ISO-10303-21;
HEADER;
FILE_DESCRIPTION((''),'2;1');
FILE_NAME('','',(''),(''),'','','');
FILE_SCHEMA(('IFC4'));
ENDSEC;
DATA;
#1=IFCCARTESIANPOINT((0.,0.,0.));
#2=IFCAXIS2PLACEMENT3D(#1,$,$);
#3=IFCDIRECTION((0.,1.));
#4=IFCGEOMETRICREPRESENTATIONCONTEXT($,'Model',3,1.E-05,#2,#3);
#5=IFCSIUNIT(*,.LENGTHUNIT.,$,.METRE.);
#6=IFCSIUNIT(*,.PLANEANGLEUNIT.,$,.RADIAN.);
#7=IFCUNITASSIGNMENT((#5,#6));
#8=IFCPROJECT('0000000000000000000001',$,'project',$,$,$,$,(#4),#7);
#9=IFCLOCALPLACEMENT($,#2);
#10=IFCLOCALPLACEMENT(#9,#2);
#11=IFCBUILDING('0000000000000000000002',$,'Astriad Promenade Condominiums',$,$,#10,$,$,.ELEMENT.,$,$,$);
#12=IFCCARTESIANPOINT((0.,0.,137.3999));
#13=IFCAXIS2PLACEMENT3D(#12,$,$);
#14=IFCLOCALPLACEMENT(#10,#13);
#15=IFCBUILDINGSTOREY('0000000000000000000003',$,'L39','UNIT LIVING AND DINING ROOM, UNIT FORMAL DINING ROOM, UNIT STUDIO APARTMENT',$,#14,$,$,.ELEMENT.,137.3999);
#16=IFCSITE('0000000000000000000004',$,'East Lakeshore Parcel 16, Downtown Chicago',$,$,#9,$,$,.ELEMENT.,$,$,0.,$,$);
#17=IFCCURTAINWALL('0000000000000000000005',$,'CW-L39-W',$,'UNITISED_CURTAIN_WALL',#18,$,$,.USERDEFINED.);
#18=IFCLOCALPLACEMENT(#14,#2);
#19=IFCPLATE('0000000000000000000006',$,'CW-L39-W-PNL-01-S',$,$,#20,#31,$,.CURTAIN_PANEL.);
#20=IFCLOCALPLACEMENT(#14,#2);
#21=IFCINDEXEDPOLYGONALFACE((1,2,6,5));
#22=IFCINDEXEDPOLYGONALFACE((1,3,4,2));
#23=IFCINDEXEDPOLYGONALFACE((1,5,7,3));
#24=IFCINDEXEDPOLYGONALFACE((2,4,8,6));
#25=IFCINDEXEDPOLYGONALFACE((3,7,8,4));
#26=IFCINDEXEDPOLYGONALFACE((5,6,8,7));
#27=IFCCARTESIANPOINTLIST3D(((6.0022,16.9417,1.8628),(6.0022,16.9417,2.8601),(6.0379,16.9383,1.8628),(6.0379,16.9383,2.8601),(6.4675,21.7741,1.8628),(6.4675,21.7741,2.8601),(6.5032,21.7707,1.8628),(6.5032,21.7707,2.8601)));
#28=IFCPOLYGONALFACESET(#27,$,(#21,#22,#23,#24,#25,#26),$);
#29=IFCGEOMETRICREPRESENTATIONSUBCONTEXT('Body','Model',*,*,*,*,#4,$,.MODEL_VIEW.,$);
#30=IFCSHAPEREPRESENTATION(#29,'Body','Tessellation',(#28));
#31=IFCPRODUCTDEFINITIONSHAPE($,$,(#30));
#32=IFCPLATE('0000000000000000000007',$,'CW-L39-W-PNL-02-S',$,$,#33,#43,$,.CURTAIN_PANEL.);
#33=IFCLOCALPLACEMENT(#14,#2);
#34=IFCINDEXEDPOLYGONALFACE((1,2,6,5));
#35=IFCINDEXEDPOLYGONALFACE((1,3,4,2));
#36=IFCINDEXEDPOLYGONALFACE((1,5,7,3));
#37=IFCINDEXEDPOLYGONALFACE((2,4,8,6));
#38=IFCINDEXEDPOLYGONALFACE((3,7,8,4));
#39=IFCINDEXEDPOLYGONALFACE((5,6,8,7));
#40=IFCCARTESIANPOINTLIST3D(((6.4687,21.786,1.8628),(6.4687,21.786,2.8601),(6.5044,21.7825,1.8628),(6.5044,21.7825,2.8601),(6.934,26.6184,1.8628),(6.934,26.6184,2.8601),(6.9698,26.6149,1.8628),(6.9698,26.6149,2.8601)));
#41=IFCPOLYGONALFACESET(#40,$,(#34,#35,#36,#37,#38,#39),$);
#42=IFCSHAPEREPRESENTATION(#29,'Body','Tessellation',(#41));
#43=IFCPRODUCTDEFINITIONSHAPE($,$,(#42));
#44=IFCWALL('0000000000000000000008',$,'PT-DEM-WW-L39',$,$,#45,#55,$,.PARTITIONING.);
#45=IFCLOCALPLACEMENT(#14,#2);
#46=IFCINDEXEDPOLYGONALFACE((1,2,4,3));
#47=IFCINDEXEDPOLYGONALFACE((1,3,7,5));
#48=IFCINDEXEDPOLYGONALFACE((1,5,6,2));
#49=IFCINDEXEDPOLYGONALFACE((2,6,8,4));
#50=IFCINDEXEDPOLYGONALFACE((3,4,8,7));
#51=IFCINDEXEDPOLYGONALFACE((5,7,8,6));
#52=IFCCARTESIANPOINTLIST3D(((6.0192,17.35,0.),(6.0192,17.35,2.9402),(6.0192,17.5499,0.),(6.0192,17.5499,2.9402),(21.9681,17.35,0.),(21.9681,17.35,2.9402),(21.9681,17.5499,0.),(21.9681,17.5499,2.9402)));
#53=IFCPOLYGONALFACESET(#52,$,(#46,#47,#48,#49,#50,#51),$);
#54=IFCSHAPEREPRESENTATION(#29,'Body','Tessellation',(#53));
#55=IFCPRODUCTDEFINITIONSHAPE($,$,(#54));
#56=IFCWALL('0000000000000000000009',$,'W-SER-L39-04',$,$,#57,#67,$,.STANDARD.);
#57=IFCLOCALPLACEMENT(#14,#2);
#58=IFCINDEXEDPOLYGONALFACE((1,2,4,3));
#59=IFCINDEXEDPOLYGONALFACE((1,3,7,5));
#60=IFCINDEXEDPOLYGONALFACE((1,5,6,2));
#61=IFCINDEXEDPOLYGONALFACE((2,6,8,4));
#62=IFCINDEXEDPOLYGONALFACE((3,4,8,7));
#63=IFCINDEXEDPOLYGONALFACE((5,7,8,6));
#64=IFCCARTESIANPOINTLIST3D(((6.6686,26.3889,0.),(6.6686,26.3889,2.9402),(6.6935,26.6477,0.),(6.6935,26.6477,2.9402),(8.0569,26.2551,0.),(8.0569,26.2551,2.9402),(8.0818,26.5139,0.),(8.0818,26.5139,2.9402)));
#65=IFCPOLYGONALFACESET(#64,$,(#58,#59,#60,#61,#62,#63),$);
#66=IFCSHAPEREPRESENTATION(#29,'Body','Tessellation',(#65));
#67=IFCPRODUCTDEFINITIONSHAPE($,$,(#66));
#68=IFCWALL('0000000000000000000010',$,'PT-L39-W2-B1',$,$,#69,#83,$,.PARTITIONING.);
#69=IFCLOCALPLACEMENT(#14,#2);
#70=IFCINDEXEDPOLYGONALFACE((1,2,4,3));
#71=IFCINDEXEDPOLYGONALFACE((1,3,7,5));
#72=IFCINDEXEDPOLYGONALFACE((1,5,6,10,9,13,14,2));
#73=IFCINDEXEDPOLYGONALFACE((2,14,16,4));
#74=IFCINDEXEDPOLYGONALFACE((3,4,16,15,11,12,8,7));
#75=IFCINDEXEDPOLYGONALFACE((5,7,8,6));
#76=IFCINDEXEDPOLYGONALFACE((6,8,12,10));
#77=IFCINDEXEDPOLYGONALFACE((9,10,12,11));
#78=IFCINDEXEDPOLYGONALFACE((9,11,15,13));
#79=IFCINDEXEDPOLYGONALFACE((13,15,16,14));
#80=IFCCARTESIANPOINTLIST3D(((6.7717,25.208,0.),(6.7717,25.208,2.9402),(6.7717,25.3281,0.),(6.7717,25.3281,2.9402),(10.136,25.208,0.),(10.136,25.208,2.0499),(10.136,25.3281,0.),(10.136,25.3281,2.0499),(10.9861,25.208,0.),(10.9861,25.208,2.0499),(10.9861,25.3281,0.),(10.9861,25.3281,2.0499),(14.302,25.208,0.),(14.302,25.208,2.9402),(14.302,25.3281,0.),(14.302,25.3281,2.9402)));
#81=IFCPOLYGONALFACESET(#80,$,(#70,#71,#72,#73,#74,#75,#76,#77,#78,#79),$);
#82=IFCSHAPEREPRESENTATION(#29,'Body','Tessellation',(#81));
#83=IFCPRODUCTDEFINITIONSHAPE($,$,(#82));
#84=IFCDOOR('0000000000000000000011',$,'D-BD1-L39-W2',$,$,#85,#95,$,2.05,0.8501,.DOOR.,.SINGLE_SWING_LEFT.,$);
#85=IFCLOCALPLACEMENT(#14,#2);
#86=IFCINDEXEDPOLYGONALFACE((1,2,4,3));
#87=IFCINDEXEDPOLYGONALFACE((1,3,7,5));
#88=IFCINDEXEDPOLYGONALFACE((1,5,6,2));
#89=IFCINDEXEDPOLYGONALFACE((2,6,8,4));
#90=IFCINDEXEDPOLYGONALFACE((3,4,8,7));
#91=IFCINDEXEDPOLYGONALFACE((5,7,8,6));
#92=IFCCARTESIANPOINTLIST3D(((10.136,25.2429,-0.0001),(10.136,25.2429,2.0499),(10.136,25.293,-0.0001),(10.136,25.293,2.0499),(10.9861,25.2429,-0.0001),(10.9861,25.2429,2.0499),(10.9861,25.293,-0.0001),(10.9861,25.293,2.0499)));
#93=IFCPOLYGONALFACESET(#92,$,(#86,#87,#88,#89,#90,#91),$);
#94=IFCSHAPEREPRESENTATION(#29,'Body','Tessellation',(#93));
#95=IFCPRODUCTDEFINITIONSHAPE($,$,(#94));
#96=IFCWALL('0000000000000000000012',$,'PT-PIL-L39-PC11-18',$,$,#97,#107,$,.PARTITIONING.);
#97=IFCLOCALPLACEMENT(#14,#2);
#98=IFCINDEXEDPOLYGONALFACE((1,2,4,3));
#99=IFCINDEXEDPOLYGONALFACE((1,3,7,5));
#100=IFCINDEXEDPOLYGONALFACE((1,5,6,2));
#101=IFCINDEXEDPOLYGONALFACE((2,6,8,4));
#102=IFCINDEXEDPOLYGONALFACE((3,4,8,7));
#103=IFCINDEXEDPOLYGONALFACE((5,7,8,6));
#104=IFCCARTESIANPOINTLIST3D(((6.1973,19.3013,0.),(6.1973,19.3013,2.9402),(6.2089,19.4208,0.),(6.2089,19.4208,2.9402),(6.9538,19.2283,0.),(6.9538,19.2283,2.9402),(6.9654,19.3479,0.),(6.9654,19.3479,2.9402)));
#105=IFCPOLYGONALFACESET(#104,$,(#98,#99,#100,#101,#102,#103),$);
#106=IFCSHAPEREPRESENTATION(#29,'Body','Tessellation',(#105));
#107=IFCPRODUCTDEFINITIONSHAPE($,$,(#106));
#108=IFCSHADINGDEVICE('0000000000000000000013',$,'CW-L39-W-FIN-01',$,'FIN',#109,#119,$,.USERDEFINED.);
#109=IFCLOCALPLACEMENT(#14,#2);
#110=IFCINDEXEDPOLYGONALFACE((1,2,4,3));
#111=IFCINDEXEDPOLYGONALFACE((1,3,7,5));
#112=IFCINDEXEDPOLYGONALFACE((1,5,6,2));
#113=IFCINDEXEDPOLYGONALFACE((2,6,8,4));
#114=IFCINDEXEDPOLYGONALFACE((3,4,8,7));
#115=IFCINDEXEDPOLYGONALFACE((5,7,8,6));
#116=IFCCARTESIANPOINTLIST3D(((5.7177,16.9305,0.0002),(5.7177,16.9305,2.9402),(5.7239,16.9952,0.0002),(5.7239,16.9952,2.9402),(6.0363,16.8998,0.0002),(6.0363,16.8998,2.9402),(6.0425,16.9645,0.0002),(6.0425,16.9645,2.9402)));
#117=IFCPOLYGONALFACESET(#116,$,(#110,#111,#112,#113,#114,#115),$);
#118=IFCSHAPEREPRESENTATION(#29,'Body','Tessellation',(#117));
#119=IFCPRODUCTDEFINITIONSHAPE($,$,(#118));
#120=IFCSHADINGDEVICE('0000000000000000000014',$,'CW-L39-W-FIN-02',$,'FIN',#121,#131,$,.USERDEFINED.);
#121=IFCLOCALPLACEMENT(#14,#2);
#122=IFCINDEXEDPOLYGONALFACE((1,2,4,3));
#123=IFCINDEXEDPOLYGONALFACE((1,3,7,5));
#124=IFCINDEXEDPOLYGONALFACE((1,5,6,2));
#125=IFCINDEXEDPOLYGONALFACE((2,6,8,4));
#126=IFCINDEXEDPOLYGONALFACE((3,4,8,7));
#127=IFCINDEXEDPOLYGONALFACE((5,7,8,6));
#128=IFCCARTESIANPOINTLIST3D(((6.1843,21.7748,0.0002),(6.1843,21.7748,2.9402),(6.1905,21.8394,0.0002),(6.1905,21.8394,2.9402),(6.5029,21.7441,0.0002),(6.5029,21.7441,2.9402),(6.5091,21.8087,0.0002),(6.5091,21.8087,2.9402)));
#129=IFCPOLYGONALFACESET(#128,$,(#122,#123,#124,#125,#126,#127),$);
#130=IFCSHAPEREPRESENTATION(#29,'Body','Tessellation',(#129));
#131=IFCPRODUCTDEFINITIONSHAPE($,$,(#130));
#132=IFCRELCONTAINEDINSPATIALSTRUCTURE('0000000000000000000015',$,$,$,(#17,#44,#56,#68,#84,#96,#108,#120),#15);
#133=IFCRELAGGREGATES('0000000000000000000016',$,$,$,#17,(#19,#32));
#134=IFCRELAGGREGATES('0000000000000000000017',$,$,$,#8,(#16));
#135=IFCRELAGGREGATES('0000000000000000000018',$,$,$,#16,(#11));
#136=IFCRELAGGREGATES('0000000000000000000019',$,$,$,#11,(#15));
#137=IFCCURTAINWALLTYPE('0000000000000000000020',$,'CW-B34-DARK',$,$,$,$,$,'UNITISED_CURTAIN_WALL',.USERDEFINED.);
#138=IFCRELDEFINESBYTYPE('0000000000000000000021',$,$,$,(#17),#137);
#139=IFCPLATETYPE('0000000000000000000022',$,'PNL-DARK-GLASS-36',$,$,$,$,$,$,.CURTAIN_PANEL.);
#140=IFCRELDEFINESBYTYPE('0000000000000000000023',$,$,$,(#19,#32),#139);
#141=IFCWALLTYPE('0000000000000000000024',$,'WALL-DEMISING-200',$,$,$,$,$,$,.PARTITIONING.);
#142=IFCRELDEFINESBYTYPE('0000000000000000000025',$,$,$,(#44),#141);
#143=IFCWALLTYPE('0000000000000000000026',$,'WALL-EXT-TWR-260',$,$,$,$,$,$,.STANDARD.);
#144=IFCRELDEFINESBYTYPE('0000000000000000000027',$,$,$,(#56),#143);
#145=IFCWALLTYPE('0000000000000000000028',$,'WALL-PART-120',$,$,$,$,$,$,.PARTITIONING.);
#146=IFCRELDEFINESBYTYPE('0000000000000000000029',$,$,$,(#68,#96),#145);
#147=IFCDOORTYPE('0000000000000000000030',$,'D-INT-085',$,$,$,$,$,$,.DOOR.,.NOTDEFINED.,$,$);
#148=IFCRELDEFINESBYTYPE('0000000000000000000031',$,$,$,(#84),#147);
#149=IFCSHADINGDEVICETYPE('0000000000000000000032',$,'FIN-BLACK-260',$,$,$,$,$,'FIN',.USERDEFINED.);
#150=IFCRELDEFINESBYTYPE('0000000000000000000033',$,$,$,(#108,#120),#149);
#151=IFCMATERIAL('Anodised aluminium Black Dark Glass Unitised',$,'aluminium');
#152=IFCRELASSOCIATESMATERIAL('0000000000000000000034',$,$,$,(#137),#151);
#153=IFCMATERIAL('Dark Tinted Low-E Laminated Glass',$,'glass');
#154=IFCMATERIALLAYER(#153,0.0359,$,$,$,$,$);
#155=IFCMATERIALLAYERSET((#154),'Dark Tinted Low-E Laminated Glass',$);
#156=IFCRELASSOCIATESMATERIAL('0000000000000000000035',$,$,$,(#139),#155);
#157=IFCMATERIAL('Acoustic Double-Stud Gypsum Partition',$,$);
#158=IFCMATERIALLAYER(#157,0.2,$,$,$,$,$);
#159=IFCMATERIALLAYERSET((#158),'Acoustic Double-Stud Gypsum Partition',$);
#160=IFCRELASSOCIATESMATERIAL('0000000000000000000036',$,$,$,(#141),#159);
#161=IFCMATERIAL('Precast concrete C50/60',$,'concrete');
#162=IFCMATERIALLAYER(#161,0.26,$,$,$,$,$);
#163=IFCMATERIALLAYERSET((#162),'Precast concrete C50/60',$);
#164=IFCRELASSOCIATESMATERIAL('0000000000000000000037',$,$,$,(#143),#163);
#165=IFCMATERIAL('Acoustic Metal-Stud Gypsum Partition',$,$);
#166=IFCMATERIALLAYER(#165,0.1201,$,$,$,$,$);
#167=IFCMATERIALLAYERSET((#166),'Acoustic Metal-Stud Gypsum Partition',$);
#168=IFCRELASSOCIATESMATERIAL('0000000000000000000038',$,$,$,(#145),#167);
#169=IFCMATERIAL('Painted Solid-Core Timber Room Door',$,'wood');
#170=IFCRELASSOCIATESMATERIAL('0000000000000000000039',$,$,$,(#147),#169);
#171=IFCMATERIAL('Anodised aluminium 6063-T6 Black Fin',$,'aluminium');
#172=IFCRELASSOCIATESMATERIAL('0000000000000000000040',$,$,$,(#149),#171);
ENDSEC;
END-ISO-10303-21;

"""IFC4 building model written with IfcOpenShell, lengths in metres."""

from ifc_helpers import new_model, si_unit, direction, frame, frame_2d, origin, origin_2d, place, context, subcontext, project, spatial, rectangle, extrude, source, transform, mapped, material, layer, layer_set, type_object, type_shapes, element, fill, aggregate, save


model = new_model("IFC4")

# Units and contexts
model_context = context("Model", 3, precision=1e-05, world=origin(), true_north=direction((0.0, 1.0)))
body_context = subcontext(model_context, "Body", "Model", "MODEL_VIEW")
ifc_project = project(units=[si_unit("LENGTHUNIT", "METRE"), si_unit("PLANEANGLEUNIT", "RADIAN")], contexts=[model_context])

# Site, building, storey
site_placement = place(None, origin())
site = spatial("IfcSite", under=ifc_project, at=site_placement, Name="East Lakeshore Parcel 16, Downtown Chicago", CompositionType="ELEMENT", RefElevation=0.0)
building_placement = place(site_placement, origin())
building = spatial("IfcBuilding", under=site, at=building_placement, Name="Astriad Promenade Condominiums", CompositionType="ELEMENT")
storey_placement = place(building_placement, frame((0.0, 0.0, 137.3999)))
storey = spatial("IfcBuildingStorey", under=building, at=storey_placement, Name="L39", Description="UNIT LIVING AND DINING ROOM, UNIT FORMAL DINING ROOM, UNIT STUDIO APARTMENT", CompositionType="ELEMENT", Elevation=137.3999)

# Curtain wall, plates
ifc_material_1 = material(Name="Anodised aluminium Black Dark Glass Unitised", Category="aluminium")
curtain_wall_type = type_object("IfcCurtainWallType", Name="CW-B34-DARK", ElementType="UNITISED_CURTAIN_WALL", PredefinedType="USERDEFINED", material=ifc_material_1)
curtain_wall_placement = place(storey_placement, origin())
curtain_wall = element("IfcCurtainWall", 1, at=curtain_wall_placement, inside=storey, type_object=curtain_wall_type, Name="CW-L39-W", ObjectType="UNITISED_CURTAIN_WALL", PredefinedType="USERDEFINED")
ifc_material_2 = material(Name="Dark Tinted Low-E Laminated Glass", Category="glass")
ifc_layer_1 = layer(ifc_material_2, 0.0359)
ifc_layer_set_1 = layer_set([ifc_layer_1], Name="Dark Tinted Low-E Laminated Glass")
plate_type = type_object("IfcPlateType", Name="PNL-DARK-GLASS-36", PredefinedType="CURTAIN_PANEL", material=ifc_layer_set_1)
shared_shape_1 = source(origin(), body_context, "Body", "SweptSolid", [
    extrude(rectangle(XDim=4.8547, YDim=0.0359, at=origin_2d()), origin(), (0.0, 0.0, 1.0), 0.9973),
])
plate_1_placement = place(storey_placement, frame((6.2527, 19.3562, 1.8628), z_axis=(0.0, 0.0, 1.0), x_axis=(0.095846, 0.995396, 0.0)))
plate_1 = element("IfcPlate", 2, at=plate_1_placement, type_object=plate_type, Name="CW-L39-W-PNL-01-S", PredefinedType="CURTAIN_PANEL", context=body_context, shape_type="MappedRepresentation", body=[
    mapped(shared_shape_1, transform((0.0, 0.0, 0.0), scale=1.0)),
])
plate_2_placement = place(storey_placement, frame((6.7192, 24.2004, 1.8628), z_axis=(0.0, 0.0, 1.0), x_axis=(0.095846, 0.995396, 0.0)))
plate_2 = element("IfcPlate", 3, at=plate_2_placement, type_object=plate_type, Name="CW-L39-W-PNL-02-S", PredefinedType="CURTAIN_PANEL", context=body_context, shape_type="MappedRepresentation", body=[
    mapped(shared_shape_1, transform((0.0, 0.0, 0.0), scale=1.0)),
])
aggregate(curtain_wall, [plate_1, plate_2])

# Walls
ifc_material_3 = material(Name="Acoustic Double-Stud Gypsum Partition")
ifc_layer_2 = layer(ifc_material_3, 0.2)
ifc_layer_set_2 = layer_set([ifc_layer_2], Name="Acoustic Double-Stud Gypsum Partition")
wall_type_1 = type_object("IfcWallType", Name="WALL-DEMISING-200", PredefinedType="PARTITIONING", material=ifc_layer_set_2)
wall_1_placement = place(storey_placement, frame((6.019, 17.45, 0.0), z_axis=(0.0, 0.0, 1.0), x_axis=(1.0, 0.0, 0.0)))
element("IfcWall", 4, at=wall_1_placement, inside=storey, type_object=wall_type_1, Name="PT-DEM-WW-L39", PredefinedType="PARTITIONING", context=body_context, shape_type="SweptSolid", body=[
    extrude(rectangle(XDim=15.949, YDim=0.2, at=frame_2d((7.9746, 0.0))), origin(), (0.0, 0.0, 1.0), 2.9402),
])
ifc_material_4 = material(Name="Precast concrete C50/60", Category="concrete")
ifc_layer_3 = layer(ifc_material_4, 0.26)
ifc_layer_set_3 = layer_set([ifc_layer_3], Name="Precast concrete C50/60")
wall_type_2 = type_object("IfcWallType", Name="WALL-EXT-TWR-260", PredefinedType="STANDARD", material=ifc_layer_set_3)
wall_2_placement = place(storey_placement, frame((6.6812, 26.5183, 0.0), z_axis=(0.0, 0.0, 1.0), x_axis=(0.995389, -0.095916, 0.0)))
element("IfcWall", 5, at=wall_2_placement, inside=storey, type_object=wall_type_2, Name="W-SER-L39-04", PredefinedType="STANDARD", context=body_context, shape_type="SweptSolid", body=[
    extrude(rectangle(XDim=1.3948, YDim=0.26, at=frame_2d((0.6973, 0.0))), origin(), (0.0, 0.0, 1.0), 2.9402),
])

# Wall, opening, door
ifc_material_5 = material(Name="Acoustic Metal-Stud Gypsum Partition")
ifc_layer_4 = layer(ifc_material_5, 0.1201)
ifc_layer_set_4 = layer_set([ifc_layer_4], Name="Acoustic Metal-Stud Gypsum Partition")
wall_type_3 = type_object("IfcWallType", Name="WALL-PART-120", PredefinedType="PARTITIONING", material=ifc_layer_set_4)
wall_3_placement = place(storey_placement, frame((6.7717, 25.2681, 0.0), z_axis=(0.0, 0.0, 1.0), x_axis=(1.0, 0.0, 0.0)))
wall_3 = element("IfcWall", 6, at=wall_3_placement, inside=storey, type_object=wall_type_3, Name="PT-L39-W2-B1", PredefinedType="PARTITIONING", context=body_context, shape_type="SweptSolid", body=[
    extrude(rectangle(XDim=7.5303, YDim=0.1201, at=frame_2d((3.7651, 0.0))), origin(), (0.0, 0.0, 1.0), 2.9402),
])
opening_placement = place(wall_3_placement, frame((3.3643, 0.0, 0.0)))
opening = element("IfcOpeningElement", 7, at=opening_placement, cuts=wall_3, PredefinedType="OPENING", context=body_context, shape_type="SweptSolid", body=[
    extrude(rectangle(XDim=0.8501, YDim=2.05, at=frame_2d((0.425, 1.0249))), frame((0.0, 0.0701, 0.0), z_axis=(0.0, -1.0, 0.0), x_axis=(1.0, 0.0, 0.0)), (0.0, 0.0, 1.0), 0.1401),
])
ifc_material_6 = material(Name="Painted Solid-Core Timber Room Door", Category="wood")
door_type = type_object("IfcDoorType", Name="D-INT-085", OperationType="NOTDEFINED", PredefinedType="DOOR", material=ifc_material_6)
shared_shape_2 = source(origin(), body_context, "Body", "SweptSolid", [
    extrude(rectangle(XDim=0.8501, YDim=2.05, at=frame_2d((0.425, 1.0249))), frame((0.0, 0.0249, 0.0), z_axis=(0.0, -1.0, 0.0), x_axis=(1.0, 0.0, 0.0)), (0.0, 0.0, 1.0), 0.05),
])
type_shapes(door_type, [shared_shape_2])
door_placement = place(opening_placement, origin())
door = element("IfcDoor", 8, at=door_placement, inside=storey, type_object=door_type, Name="D-BD1-L39-W2", OperationType="SINGLE_SWING_LEFT", OverallHeight=2.05, OverallWidth=0.8501, PredefinedType="DOOR", context=body_context, shape_type="MappedRepresentation", body=[
    mapped(shared_shape_2, transform((0.0, 0.0, 0.0), scale=1.0)),
])
fill(opening, door)

# Wall
wall_4_placement = place(storey_placement, frame((6.9595, 19.2881, 0.0), z_axis=(0.0, 0.0, 1.0), x_axis=(-0.995378, 0.096037, 0.0)))
element("IfcWall", 9, at=wall_4_placement, inside=storey, type_object=wall_type_3, Name="PT-PIL-L39-PC11-18", PredefinedType="PARTITIONING", context=body_context, shape_type="SweptSolid", body=[
    extrude(rectangle(XDim=0.76, YDim=0.1201, at=frame_2d((0.3799, 0.0))), origin(), (0.0, 0.0, 1.0), 2.9402),
])

# Shading devices
ifc_material_7 = material(Name="Anodised aluminium 6063-T6 Black Fin", Category="aluminium")
shading_device_type = type_object("IfcShadingDeviceType", Name="FIN-BLACK-260", ElementType="FIN", PredefinedType="USERDEFINED", material=ifc_material_7)
shared_shape_3 = source(origin(), body_context, "Body", "SweptSolid", [
    extrude(rectangle(XDim=0.0649, YDim=0.3201, at=origin_2d()), origin(), (0.0, 0.0, 1.0), 2.9399),
])
type_shapes(shading_device_type, [shared_shape_3])
for number, where, z_axis, x_axis, name in (
    (10, (5.8801, 16.9475, 0.0002), (0.0, 0.0, 1.0), (0.095846, 0.995396, 0.0), "CW-L39-W-FIN-01"),
    (11, (6.3467, 21.7917, 0.0002), (0.0, 0.0, 1.0), (0.095846, 0.995396, 0.0), "CW-L39-W-FIN-02"),
):
    element("IfcShadingDevice", number, at=place(storey_placement, frame(where, z_axis=z_axis, x_axis=x_axis)), inside=storey, type_object=shading_device_type, Name=name, ObjectType="FIN", PredefinedType="USERDEFINED", context=body_context, shape_type="MappedRepresentation", body=[
        mapped(shared_shape_3, transform((0.0, 0.0, 0.0), scale=1.0)),
    ])

save(model, "model.ifc")
